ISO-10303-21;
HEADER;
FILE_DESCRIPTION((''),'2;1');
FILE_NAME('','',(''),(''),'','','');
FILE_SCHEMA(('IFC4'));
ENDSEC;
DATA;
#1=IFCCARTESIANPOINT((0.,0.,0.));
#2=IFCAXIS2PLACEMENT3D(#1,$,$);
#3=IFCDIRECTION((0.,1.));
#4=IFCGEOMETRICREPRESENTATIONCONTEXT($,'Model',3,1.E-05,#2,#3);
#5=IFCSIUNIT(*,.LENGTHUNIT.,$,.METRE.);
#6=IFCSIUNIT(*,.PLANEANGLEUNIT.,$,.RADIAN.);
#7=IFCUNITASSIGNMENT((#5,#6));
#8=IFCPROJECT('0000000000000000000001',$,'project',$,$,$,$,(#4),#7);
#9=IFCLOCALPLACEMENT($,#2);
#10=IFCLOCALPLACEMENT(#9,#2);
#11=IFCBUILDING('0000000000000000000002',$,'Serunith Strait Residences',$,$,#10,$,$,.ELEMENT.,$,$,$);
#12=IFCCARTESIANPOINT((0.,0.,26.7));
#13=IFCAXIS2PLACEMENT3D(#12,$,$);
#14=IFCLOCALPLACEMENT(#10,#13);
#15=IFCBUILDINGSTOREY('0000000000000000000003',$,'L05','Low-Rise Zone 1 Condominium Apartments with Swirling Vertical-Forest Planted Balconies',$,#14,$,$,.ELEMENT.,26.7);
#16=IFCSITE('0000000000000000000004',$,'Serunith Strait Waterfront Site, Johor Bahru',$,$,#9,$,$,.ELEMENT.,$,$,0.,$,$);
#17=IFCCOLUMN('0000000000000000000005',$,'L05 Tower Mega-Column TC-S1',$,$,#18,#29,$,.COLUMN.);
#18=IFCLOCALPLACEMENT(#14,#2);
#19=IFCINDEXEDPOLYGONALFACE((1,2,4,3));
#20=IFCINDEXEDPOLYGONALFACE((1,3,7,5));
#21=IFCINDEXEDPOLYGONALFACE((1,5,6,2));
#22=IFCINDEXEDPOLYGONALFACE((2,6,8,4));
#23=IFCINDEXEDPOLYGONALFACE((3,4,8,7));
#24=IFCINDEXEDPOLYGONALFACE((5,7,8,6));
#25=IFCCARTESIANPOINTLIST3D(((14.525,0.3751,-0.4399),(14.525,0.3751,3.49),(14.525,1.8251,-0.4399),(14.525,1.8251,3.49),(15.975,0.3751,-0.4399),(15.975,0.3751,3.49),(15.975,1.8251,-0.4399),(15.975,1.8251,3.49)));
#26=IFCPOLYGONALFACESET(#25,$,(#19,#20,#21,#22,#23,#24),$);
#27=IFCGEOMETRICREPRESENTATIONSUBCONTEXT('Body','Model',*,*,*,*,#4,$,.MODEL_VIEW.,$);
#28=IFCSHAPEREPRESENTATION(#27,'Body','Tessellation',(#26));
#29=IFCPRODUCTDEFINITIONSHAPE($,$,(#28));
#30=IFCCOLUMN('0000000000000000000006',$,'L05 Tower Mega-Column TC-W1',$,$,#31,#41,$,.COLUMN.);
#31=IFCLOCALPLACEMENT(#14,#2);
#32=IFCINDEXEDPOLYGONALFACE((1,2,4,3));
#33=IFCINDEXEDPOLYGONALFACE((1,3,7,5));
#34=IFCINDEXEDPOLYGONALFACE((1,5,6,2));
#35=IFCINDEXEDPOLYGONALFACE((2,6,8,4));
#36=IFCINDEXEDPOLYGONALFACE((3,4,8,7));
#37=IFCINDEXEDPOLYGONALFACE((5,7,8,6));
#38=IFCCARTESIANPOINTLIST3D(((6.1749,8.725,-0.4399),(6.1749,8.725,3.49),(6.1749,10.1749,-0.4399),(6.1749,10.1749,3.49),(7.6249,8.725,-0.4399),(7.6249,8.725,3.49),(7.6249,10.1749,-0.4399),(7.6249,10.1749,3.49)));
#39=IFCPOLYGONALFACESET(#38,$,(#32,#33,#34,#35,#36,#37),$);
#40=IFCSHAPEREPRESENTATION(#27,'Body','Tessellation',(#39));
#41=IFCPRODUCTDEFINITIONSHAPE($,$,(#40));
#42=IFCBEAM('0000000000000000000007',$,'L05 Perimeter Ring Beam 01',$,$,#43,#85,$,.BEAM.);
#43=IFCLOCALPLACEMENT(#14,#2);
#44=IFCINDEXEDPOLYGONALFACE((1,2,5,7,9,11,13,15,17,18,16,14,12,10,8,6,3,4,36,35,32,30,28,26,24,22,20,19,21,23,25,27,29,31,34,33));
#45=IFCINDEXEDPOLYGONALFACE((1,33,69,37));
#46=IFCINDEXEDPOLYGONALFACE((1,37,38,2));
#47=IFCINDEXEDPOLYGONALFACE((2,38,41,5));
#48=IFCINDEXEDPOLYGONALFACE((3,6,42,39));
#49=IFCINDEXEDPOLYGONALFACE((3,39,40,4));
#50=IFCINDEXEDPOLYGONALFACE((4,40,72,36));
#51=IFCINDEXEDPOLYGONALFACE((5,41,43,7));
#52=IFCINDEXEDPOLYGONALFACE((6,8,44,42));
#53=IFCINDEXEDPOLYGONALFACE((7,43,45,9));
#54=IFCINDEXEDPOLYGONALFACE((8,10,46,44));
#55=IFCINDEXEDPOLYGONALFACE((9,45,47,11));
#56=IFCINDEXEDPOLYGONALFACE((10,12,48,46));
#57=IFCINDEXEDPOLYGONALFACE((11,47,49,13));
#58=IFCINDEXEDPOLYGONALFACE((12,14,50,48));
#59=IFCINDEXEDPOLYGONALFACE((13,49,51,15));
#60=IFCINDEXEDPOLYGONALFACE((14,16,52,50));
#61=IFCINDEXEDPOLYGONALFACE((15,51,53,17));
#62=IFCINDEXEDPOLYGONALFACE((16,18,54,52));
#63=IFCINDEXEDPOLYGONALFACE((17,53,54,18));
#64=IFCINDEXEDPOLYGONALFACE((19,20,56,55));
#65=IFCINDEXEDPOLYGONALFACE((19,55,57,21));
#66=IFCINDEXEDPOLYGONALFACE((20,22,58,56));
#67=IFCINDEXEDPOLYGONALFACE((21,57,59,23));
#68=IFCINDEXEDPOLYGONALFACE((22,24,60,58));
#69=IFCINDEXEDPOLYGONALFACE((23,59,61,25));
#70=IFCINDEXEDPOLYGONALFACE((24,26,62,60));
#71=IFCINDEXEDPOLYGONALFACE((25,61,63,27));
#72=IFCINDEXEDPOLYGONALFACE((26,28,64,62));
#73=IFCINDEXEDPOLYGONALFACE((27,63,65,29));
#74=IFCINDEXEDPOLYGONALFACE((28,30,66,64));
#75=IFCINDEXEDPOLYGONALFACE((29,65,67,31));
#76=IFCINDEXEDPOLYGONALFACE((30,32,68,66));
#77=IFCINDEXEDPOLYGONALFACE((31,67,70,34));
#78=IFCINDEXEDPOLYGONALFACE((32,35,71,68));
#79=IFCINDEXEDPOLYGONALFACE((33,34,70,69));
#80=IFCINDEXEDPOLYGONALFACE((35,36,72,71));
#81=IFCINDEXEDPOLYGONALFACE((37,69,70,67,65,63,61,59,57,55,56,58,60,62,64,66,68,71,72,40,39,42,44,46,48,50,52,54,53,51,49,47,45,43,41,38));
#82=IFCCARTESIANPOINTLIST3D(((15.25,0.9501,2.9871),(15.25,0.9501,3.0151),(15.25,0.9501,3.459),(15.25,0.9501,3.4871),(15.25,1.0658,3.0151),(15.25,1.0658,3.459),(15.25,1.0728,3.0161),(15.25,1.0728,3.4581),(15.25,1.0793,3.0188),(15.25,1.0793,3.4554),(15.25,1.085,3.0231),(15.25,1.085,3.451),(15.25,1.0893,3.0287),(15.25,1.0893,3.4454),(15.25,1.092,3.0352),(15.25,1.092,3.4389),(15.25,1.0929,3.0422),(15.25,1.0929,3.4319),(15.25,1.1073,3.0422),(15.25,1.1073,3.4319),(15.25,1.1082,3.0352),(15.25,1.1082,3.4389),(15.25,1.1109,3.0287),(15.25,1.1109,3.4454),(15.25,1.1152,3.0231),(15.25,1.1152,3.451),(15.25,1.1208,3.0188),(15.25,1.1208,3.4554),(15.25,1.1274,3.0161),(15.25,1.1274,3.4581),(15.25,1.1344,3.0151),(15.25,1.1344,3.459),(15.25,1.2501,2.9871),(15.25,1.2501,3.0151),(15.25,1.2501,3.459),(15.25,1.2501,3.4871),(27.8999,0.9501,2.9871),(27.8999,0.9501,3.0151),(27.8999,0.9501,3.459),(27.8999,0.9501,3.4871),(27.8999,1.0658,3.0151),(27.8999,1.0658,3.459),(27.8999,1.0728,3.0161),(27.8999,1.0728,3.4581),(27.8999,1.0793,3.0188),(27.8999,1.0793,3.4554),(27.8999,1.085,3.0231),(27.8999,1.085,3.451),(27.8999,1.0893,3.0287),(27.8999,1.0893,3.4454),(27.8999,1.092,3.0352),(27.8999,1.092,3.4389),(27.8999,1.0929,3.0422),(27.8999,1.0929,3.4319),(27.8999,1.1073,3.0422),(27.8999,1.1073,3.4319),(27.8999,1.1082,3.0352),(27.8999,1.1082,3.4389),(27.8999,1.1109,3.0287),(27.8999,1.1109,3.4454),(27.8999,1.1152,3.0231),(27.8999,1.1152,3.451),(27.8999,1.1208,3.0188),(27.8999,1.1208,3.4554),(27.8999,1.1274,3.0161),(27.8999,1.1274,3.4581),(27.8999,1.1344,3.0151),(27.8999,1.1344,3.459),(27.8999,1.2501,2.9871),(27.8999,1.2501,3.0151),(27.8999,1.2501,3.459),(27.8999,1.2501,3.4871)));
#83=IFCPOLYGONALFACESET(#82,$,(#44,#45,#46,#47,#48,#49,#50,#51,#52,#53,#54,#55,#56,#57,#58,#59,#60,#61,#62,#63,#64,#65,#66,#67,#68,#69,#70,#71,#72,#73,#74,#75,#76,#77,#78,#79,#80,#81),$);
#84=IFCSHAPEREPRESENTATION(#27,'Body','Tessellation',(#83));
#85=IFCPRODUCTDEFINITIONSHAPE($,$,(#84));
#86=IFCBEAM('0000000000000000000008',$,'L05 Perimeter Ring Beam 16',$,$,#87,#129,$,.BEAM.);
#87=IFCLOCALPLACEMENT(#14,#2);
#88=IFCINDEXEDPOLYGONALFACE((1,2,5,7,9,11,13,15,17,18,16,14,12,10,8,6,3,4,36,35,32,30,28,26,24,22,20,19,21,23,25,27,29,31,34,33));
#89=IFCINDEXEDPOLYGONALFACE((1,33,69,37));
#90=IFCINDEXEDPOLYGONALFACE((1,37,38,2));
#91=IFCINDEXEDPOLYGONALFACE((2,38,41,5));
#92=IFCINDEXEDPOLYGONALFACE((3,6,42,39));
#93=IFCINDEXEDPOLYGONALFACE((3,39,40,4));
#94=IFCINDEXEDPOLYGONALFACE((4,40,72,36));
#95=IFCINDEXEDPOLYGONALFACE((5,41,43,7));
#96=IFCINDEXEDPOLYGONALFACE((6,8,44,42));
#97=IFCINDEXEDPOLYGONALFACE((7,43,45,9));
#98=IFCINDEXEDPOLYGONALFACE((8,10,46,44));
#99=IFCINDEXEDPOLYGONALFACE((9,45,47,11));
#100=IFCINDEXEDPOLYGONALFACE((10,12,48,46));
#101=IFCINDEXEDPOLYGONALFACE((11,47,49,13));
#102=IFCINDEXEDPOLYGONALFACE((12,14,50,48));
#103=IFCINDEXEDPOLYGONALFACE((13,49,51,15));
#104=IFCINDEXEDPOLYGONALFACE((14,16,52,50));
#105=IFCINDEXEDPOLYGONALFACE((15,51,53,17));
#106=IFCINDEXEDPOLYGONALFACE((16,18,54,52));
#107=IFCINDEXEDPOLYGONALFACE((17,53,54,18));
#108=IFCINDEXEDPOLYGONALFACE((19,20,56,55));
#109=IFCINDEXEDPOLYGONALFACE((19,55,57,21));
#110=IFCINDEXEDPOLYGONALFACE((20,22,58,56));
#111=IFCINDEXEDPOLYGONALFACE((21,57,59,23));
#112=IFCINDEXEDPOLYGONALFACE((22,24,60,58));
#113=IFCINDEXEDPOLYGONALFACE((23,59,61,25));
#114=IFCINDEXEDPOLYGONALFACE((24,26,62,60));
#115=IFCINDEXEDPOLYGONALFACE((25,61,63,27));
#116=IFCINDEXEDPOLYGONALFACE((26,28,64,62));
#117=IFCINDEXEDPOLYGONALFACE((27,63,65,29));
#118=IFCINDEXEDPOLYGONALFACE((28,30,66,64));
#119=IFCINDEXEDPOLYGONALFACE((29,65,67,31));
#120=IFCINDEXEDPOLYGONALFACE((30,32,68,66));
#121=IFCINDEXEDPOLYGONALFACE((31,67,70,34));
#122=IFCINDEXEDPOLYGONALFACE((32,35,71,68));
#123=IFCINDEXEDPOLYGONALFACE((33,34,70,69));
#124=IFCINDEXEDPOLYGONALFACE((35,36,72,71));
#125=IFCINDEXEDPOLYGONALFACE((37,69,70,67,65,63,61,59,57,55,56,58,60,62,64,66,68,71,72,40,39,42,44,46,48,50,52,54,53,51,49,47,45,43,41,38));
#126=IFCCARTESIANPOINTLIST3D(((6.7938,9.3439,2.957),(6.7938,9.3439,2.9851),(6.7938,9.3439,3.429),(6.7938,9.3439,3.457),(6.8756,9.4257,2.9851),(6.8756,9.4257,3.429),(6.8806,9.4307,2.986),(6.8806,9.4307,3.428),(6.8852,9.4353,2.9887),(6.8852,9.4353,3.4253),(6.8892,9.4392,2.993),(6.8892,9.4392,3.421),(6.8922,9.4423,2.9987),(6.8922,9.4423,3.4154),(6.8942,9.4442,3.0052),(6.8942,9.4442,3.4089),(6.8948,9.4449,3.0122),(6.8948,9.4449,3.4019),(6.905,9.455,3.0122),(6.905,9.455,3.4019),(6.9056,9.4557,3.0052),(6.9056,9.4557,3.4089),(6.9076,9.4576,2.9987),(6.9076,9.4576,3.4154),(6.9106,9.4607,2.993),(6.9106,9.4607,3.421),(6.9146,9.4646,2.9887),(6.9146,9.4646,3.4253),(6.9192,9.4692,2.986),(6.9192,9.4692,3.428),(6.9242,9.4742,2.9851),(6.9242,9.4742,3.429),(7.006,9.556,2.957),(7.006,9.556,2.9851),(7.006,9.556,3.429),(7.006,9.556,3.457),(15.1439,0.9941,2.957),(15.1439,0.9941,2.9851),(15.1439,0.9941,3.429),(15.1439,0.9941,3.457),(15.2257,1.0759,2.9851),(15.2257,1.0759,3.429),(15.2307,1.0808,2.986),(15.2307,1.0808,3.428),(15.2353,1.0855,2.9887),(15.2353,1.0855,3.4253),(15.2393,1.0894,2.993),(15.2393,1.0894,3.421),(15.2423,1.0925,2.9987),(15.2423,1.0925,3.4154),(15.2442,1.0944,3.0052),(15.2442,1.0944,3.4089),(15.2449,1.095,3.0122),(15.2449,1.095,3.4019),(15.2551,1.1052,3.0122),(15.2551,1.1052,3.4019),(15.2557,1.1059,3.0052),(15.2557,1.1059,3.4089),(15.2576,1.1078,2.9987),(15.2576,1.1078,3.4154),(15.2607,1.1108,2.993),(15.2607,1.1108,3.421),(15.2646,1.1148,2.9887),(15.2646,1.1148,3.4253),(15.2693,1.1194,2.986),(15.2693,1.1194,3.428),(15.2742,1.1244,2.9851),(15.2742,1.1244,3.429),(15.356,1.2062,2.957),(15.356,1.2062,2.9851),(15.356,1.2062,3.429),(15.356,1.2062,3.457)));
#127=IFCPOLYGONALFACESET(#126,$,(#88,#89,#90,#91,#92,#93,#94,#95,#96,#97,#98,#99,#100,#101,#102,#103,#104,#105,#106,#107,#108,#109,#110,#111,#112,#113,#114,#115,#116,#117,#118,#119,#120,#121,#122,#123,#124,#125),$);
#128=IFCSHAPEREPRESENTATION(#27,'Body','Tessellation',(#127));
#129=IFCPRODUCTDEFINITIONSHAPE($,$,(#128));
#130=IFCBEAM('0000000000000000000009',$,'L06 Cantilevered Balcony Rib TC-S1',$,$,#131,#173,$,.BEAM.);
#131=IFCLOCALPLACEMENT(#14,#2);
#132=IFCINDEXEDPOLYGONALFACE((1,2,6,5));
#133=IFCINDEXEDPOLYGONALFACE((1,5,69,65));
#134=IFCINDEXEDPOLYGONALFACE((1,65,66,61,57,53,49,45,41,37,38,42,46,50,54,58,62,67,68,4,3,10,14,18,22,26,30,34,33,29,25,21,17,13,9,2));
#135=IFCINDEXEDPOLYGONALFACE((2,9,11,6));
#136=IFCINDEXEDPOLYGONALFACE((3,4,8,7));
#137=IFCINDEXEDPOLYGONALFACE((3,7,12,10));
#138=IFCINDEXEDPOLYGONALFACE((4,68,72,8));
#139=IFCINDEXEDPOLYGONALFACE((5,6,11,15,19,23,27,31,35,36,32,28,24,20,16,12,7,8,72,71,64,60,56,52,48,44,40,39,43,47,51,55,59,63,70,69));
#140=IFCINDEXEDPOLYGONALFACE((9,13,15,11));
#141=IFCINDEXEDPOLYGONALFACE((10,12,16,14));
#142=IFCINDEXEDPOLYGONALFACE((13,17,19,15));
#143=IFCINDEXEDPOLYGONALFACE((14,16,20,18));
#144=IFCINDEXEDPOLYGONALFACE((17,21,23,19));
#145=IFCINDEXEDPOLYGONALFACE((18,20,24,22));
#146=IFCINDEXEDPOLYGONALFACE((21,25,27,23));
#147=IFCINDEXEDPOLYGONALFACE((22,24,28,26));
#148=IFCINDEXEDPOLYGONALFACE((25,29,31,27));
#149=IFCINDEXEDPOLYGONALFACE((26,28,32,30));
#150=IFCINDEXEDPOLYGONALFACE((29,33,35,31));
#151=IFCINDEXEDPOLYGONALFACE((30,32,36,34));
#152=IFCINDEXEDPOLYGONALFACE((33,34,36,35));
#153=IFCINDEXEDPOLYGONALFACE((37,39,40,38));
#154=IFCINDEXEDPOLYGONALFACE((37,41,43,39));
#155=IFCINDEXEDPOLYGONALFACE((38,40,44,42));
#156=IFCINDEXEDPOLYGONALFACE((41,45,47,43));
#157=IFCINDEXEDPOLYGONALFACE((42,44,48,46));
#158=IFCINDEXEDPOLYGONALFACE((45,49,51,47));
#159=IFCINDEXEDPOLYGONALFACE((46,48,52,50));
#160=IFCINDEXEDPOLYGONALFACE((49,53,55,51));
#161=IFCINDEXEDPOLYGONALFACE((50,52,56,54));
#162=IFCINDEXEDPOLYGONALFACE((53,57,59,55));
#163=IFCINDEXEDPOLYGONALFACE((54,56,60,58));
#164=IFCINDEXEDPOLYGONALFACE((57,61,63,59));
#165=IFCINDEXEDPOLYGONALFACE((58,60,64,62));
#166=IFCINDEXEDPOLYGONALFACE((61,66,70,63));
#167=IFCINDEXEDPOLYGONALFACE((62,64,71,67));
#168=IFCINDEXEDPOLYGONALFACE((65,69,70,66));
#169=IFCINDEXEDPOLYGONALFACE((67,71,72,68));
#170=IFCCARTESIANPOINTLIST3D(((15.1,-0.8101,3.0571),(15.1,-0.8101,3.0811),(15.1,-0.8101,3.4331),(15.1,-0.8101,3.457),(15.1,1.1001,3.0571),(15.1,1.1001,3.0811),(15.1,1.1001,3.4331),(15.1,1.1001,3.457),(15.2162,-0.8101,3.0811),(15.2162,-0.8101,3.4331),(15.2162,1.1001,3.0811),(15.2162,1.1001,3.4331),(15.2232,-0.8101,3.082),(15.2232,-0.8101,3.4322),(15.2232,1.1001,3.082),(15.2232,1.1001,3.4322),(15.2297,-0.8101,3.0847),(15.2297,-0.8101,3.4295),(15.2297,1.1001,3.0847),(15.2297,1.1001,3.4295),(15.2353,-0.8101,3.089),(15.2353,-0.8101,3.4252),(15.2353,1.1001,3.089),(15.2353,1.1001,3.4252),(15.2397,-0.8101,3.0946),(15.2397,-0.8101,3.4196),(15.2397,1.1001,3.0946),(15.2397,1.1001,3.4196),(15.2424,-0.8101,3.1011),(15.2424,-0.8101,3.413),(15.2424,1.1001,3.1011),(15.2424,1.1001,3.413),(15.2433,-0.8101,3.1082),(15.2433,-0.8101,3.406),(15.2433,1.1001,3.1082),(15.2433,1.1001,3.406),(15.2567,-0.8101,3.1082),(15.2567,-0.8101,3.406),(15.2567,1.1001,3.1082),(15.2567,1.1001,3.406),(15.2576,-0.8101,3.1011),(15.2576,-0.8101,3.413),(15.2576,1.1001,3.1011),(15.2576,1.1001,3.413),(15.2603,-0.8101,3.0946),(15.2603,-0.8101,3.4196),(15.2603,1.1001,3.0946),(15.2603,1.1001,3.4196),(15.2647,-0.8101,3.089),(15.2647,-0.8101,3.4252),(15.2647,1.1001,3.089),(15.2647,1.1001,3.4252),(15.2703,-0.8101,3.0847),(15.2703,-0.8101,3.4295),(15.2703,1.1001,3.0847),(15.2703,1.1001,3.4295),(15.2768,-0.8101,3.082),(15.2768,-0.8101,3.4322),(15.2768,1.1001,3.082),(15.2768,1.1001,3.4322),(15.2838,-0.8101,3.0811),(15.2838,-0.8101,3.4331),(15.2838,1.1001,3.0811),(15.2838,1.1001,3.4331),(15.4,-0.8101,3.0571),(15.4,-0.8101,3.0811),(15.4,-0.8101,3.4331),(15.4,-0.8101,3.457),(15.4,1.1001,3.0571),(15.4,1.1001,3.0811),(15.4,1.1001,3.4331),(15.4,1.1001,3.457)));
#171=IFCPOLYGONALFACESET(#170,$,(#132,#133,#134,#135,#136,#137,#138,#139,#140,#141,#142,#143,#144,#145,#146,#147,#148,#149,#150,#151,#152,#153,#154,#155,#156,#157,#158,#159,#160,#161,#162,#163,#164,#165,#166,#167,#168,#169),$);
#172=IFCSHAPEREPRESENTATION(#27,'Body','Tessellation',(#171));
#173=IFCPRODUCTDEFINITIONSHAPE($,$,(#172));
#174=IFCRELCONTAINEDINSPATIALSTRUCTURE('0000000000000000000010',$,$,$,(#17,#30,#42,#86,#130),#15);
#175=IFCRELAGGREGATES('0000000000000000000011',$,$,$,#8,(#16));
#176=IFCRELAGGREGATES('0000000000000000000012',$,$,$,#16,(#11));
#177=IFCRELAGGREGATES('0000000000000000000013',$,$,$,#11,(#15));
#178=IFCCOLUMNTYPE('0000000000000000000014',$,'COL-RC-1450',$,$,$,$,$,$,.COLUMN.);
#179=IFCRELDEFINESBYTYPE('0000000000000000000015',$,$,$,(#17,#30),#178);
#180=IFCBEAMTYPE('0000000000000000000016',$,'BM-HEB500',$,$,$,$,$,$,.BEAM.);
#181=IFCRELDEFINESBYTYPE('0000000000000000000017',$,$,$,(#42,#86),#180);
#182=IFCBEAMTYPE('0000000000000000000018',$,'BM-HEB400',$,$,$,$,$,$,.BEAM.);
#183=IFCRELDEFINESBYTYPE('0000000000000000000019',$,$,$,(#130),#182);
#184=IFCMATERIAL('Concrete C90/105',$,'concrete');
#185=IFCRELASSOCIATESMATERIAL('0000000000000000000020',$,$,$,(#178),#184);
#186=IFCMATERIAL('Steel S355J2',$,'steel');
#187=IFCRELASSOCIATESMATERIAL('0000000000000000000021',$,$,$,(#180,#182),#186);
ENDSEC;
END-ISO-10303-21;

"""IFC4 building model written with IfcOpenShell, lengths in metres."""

from ifc_helpers import new_model, si_unit, direction, frame, origin, origin_2d, place, context, subcontext, project, spatial, rectangle, i_section, extrude, source, transform, mapped, material, material_profile, profile_set, type_object, element, save


model = new_model("IFC4")

# Units and contexts
model_context = context("Model", 3, precision=1e-05, world=origin(), true_north=direction((0.0, 1.0)))
body_context = subcontext(model_context, "Body", "Model", "MODEL_VIEW")
ifc_project = project(units=[si_unit("LENGTHUNIT", "METRE"), si_unit("PLANEANGLEUNIT", "RADIAN")], contexts=[model_context])

# Site, building, storey
site_placement = place(None, origin())
site = spatial("IfcSite", under=ifc_project, at=site_placement, Name="Serunith Strait Waterfront Site, Johor Bahru", CompositionType="ELEMENT", RefElevation=0.0)
building_placement = place(site_placement, origin())
building = spatial("IfcBuilding", under=site, at=building_placement, Name="Serunith Strait Residences", CompositionType="ELEMENT")
storey_placement = place(building_placement, frame((0.0, 0.0, 26.7)))
storey = spatial("IfcBuildingStorey", under=building, at=storey_placement, Name="L05", Description="Low-Rise Zone 1 Condominium Apartments with Swirling Vertical-Forest Planted Balconies", CompositionType="ELEMENT", Elevation=26.7)

# Columns
ifc_material_1 = material(Name="Concrete C90/105", Category="concrete")
ifc_material_profile_1 = material_profile(ifc_material_1, rectangle(XDim=1.45, YDim=1.45, at=origin_2d()), Name="RC 1450x1450")
ifc_profile_set_1 = profile_set([ifc_material_profile_1], Name="Concrete C90/105")
column_type = type_object("IfcColumnType", Name="COL-RC-1450", PredefinedType="COLUMN", material=ifc_profile_set_1)
shared_shape_1 = source(origin(), body_context, "Body", "SweptSolid", [
    extrude(rectangle(XDim=1.45, YDim=1.45, at=origin_2d()), origin(), (0.0, 0.0, 1.0), 3.9299),
])
for number, where, z_axis, x_axis, name in (
    (1, (15.25, 1.1001, -0.4399), (0.0, 0.0, 1.0), (1.0, 0.0, 0.0), "L05 Tower Mega-Column TC-S1"),
    (2, (6.8999, 9.45, -0.4399), (0.0, 0.0, 1.0), (1.0, 0.0, 0.0), "L05 Tower Mega-Column TC-W1"),
):
    element("IfcColumn", number, at=place(storey_placement, frame(where, z_axis=z_axis, x_axis=x_axis)), inside=storey, type_object=column_type, Name=name, PredefinedType="COLUMN", context=body_context, shape_type="MappedRepresentation", body=[
        mapped(shared_shape_1, transform((0.0, 0.0, 0.0), scale=1.0)),
    ])

# Beams
ifc_material_2 = material(Name="Steel S355J2", Category="steel")
ifc_material_profile_2 = material_profile(ifc_material_2, i_section(OverallWidth=0.3, OverallDepth=0.5, WebThickness=0.0144, FlangeThickness=0.0281, FilletRadius=0.0271, at=origin_2d()), Name="HEB 500")
ifc_profile_set_2 = profile_set([ifc_material_profile_2], Name="Steel S355J2")
beam_type_1 = type_object("IfcBeamType", Name="BM-HEB500", PredefinedType="BEAM", material=ifc_profile_set_2)
shared_shape_2 = source(origin(), body_context, "Body", "SweptSolid", [
    extrude(i_section(OverallWidth=0.3, OverallDepth=0.5, WebThickness=0.0144, FlangeThickness=0.0281, FilletRadius=0.0271, at=origin_2d()), origin(), (0.0, 0.0, 1.0), 12.6499),
])
beam_1_placement = place(storey_placement, frame((15.25, 1.1001, 3.2371), z_axis=(1.0, 0.0, 0.0), x_axis=(0.0, 1.0, 0.0)))
element("IfcBeam", 3, at=beam_1_placement, inside=storey, type_object=beam_type_1, Name="L05 Perimeter Ring Beam 01", PredefinedType="BEAM", context=body_context, shape_type="MappedRepresentation", body=[
    mapped(shared_shape_2, transform((0.0, 0.0, 0.0), scale=1.0)),
])
shared_shape_3 = source(origin(), body_context, "Body", "SweptSolid", [
    extrude(i_section(OverallWidth=0.3, OverallDepth=0.5, WebThickness=0.0144, FlangeThickness=0.0281, FilletRadius=0.0271, at=origin_2d()), origin(), (0.0, 0.0, 1.0), 11.8086),
])
beam_2_placement = place(storey_placement, frame((6.8999, 9.45, 3.207), z_axis=(0.707117, -0.707096, 0.0), x_axis=(0.707096, 0.707117, 0.0)))
element("IfcBeam", 4, at=beam_2_placement, inside=storey, type_object=beam_type_1, Name="L05 Perimeter Ring Beam 16", PredefinedType="BEAM", context=body_context, shape_type="MappedRepresentation", body=[
    mapped(shared_shape_3, transform((0.0, 0.0, 0.0), scale=1.0)),
])
ifc_material_profile_3 = material_profile(ifc_material_2, i_section(OverallWidth=0.3, OverallDepth=0.3999, WebThickness=0.0134, FlangeThickness=0.0239, FilletRadius=0.0271, at=origin_2d()), Name="HEB 400")
ifc_profile_set_3 = profile_set([ifc_material_profile_3], Name="Steel S355J2")
beam_type_2 = type_object("IfcBeamType", Name="BM-HEB400", PredefinedType="BEAM", material=ifc_profile_set_3)
shared_shape_4 = source(origin(), body_context, "Body", "SweptSolid", [
    extrude(i_section(OverallWidth=0.3, OverallDepth=0.3999, WebThickness=0.0134, FlangeThickness=0.0239, FilletRadius=0.0271, at=origin_2d()), origin(), (0.0, 0.0, 1.0), 1.9102),
])
beam_3_placement = place(storey_placement, frame((15.25, 1.1001, 3.2571), z_axis=(0.0, -1.0, 0.0), x_axis=(1.0, 0.0, 0.0)))
element("IfcBeam", 5, at=beam_3_placement, inside=storey, type_object=beam_type_2, Name="L06 Cantilevered Balcony Rib TC-S1", PredefinedType="BEAM", context=body_context, shape_type="MappedRepresentation", body=[
    mapped(shared_shape_4, transform((0.0, 0.0, 0.0), scale=1.0)),
])

save(model, "model.ifc")
